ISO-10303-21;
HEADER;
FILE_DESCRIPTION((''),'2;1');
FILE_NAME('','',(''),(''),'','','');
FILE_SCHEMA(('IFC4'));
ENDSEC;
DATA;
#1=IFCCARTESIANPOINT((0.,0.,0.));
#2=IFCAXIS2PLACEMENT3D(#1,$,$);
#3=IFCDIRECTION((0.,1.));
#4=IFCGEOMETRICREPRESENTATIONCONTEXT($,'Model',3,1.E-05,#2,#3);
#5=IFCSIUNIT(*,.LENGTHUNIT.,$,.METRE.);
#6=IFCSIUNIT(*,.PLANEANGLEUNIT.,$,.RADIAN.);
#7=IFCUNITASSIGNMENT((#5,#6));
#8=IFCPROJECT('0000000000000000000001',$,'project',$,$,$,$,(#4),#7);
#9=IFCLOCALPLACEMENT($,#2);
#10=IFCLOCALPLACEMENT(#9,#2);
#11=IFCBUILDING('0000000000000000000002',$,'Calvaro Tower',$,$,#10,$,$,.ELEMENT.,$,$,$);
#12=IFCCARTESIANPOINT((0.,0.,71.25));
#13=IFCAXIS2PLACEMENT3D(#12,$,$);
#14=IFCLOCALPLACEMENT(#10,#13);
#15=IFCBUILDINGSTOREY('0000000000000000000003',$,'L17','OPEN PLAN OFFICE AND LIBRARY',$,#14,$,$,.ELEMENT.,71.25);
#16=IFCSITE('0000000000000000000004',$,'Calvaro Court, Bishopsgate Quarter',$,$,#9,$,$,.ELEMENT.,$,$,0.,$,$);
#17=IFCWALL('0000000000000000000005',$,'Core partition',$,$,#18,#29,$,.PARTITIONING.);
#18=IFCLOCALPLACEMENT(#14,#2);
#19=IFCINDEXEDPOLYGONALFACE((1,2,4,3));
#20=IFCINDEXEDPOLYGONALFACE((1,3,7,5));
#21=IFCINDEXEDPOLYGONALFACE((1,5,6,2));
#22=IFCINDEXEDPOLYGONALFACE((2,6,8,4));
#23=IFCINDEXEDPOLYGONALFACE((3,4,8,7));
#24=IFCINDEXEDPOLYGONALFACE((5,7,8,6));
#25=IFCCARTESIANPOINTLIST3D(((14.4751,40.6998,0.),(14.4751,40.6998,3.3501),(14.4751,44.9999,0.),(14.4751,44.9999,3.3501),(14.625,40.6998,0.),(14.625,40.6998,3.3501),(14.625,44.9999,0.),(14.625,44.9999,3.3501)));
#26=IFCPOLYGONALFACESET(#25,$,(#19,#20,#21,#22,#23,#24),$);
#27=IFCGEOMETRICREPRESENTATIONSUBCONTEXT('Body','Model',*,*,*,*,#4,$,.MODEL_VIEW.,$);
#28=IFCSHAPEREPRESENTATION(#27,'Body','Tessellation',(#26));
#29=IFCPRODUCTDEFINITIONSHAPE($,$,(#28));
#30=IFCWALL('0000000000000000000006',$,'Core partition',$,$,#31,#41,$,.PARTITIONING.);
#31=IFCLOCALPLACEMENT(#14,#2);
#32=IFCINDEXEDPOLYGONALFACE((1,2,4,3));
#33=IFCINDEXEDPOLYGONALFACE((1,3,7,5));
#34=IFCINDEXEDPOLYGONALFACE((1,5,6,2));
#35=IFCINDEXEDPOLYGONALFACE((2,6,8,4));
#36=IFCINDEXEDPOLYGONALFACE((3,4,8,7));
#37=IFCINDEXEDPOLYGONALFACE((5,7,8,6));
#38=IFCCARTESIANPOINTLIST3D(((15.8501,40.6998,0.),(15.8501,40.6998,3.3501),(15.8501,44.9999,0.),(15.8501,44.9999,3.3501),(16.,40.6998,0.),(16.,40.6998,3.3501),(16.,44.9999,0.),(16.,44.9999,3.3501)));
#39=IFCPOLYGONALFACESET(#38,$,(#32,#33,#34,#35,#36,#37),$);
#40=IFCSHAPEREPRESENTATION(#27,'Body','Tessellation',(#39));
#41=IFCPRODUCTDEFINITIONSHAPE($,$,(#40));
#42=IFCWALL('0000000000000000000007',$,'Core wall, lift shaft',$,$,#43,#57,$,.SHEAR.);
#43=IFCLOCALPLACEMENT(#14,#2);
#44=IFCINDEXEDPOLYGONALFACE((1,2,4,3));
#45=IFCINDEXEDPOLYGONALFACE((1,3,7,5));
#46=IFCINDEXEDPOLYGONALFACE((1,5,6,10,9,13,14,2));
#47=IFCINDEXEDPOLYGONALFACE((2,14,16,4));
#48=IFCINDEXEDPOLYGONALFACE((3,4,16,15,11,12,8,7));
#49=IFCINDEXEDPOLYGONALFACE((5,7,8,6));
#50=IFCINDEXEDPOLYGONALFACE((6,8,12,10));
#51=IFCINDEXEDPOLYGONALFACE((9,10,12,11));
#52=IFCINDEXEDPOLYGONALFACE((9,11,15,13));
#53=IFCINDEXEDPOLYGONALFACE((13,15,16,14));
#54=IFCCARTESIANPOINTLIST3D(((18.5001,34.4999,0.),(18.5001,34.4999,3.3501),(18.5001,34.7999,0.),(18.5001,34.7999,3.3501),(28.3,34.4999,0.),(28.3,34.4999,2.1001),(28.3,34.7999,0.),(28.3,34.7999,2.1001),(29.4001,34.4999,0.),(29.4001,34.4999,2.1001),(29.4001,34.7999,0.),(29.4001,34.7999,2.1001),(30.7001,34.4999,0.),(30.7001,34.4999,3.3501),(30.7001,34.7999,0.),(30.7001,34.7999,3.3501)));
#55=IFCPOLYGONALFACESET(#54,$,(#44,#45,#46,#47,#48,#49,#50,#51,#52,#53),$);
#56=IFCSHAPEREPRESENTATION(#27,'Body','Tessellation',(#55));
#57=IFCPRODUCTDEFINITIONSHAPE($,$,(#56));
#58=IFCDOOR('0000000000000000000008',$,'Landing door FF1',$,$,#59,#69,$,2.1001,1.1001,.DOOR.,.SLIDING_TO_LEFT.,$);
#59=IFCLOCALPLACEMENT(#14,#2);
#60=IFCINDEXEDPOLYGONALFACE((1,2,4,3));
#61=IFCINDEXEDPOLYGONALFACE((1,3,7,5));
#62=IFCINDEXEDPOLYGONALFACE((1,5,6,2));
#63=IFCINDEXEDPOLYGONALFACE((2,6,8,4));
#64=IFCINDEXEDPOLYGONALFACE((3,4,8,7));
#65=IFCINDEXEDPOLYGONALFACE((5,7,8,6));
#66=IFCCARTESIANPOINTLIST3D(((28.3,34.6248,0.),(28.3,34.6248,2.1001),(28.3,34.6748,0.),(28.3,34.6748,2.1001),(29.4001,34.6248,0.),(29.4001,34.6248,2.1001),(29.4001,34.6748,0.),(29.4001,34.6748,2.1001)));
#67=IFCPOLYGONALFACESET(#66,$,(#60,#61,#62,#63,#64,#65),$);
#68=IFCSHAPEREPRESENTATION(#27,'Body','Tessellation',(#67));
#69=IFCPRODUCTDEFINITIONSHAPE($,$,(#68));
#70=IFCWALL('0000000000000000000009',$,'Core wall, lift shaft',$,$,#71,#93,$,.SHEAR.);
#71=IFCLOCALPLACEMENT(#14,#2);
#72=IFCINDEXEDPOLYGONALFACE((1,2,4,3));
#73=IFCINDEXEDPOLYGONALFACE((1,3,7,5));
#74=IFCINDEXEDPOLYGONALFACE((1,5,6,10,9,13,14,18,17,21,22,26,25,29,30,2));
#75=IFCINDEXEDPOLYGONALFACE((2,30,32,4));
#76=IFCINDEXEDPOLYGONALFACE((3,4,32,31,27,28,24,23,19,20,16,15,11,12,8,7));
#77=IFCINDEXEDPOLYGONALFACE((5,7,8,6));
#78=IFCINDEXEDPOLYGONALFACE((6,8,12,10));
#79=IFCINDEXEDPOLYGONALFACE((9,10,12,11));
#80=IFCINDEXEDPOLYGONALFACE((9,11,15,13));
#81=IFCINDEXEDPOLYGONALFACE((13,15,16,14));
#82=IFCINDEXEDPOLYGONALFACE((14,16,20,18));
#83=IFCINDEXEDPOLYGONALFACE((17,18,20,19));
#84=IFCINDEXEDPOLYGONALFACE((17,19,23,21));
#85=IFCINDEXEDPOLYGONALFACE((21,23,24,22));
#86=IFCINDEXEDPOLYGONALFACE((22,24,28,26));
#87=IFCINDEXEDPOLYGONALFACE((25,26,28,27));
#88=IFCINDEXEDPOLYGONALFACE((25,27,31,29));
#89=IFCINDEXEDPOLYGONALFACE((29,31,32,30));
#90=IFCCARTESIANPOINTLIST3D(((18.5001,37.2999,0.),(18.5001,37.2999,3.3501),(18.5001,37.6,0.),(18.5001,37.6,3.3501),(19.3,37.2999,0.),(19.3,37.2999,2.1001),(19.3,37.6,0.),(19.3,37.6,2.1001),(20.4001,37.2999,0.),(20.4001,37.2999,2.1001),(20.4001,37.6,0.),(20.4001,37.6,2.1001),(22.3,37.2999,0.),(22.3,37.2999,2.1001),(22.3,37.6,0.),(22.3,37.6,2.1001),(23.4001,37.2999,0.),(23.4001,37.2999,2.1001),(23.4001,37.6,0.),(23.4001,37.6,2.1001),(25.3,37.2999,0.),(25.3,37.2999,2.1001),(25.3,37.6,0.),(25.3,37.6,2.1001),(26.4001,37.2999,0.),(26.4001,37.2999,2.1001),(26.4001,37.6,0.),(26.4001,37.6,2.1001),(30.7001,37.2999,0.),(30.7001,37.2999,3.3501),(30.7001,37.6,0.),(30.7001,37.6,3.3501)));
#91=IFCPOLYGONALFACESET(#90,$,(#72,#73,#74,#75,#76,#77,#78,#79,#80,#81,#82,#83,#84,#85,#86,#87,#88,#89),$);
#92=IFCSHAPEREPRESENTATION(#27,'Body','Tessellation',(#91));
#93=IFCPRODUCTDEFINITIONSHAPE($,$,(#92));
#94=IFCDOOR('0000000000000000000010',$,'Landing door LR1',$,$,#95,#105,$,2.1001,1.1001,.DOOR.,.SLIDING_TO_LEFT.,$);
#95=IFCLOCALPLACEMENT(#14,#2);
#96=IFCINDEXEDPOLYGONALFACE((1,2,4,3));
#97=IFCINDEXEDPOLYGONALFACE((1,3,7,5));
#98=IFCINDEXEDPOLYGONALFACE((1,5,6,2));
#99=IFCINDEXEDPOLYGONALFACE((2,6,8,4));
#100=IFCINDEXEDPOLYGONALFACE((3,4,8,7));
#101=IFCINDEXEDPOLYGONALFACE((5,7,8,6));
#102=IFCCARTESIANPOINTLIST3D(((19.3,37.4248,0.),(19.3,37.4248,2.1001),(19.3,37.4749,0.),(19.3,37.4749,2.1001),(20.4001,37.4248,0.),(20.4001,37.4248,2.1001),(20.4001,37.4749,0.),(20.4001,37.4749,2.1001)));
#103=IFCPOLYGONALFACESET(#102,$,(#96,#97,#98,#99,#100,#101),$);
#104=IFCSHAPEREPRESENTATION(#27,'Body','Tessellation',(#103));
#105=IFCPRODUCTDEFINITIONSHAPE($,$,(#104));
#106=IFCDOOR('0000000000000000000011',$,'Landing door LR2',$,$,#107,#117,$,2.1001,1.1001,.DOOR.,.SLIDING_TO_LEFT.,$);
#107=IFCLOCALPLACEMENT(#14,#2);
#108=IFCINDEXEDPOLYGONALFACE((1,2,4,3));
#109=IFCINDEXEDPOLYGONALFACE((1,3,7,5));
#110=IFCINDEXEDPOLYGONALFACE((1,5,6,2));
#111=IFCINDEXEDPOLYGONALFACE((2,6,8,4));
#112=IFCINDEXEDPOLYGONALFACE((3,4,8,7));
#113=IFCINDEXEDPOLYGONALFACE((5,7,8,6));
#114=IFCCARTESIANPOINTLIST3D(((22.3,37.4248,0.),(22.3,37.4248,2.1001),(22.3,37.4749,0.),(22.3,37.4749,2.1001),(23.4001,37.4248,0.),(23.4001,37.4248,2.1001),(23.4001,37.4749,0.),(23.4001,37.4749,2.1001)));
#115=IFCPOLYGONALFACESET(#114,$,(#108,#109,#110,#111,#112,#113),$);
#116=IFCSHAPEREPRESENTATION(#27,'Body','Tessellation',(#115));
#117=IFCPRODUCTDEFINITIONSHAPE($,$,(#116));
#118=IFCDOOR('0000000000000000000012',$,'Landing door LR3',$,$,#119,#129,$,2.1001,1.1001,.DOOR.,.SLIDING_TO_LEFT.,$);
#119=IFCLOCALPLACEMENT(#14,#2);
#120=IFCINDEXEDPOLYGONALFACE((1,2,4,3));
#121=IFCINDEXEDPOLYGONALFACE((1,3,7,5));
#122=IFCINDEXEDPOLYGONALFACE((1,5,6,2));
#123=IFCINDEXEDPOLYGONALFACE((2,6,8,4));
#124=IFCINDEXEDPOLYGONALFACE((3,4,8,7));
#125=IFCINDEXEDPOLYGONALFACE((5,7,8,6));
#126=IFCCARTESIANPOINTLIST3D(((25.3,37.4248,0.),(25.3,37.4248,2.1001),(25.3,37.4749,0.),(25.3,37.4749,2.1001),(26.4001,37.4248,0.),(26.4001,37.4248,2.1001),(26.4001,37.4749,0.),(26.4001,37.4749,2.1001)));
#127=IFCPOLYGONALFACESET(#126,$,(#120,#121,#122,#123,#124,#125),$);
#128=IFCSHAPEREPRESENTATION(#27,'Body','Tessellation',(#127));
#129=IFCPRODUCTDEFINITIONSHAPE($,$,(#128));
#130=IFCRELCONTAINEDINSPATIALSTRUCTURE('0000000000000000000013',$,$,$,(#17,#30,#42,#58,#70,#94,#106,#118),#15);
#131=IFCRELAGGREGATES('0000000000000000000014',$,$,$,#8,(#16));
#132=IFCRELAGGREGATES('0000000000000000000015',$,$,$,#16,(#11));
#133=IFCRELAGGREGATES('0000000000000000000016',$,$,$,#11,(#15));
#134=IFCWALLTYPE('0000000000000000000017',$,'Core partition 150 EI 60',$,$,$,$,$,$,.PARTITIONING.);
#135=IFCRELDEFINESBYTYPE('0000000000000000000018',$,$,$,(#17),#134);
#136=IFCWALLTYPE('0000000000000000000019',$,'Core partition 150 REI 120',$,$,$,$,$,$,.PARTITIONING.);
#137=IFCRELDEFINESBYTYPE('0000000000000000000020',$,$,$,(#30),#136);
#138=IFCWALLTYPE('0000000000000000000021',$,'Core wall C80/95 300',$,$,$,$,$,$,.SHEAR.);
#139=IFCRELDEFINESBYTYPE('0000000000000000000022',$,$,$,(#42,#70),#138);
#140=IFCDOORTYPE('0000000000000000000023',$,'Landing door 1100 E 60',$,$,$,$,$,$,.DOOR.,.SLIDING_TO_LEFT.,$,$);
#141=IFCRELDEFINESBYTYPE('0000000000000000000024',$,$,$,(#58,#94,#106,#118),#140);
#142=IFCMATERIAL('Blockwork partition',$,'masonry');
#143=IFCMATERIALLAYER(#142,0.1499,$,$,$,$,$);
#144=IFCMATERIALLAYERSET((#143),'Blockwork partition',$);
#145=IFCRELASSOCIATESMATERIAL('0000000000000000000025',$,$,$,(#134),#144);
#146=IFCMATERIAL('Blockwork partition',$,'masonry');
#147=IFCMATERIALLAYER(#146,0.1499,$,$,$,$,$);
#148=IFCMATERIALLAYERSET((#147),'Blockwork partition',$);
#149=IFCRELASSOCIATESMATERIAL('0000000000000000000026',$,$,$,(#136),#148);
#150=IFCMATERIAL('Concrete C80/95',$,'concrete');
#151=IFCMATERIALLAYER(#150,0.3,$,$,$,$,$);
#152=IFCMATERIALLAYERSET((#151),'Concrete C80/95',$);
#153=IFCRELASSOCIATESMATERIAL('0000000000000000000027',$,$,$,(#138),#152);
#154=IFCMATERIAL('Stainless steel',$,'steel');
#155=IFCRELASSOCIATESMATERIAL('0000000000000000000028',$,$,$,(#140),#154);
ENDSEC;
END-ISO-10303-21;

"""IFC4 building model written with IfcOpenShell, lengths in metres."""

from ifc_helpers import new_model, si_unit, direction, frame, frame_2d, origin, place, context, subcontext, project, spatial, rectangle, extrude, material, layer, layer_set, type_object, element, fill, save


model = new_model("IFC4")

# Units and contexts
model_context = context("Model", 3, precision=1e-05, world=origin(), true_north=direction((0.0, 1.0)))
body_context = subcontext(model_context, "Body", "Model", "MODEL_VIEW")
ifc_project = project(units=[si_unit("LENGTHUNIT", "METRE"), si_unit("PLANEANGLEUNIT", "RADIAN")], contexts=[model_context])

# Site, building, storey
site_placement = place(None, origin())
site = spatial("IfcSite", under=ifc_project, at=site_placement, Name="Calvaro Court, Bishopsgate Quarter", CompositionType="ELEMENT", RefElevation=0.0)
building_placement = place(site_placement, origin())
building = spatial("IfcBuilding", under=site, at=building_placement, Name="Calvaro Tower", CompositionType="ELEMENT")
storey_placement = place(building_placement, frame((0.0, 0.0, 71.25)))
storey = spatial("IfcBuildingStorey", under=building, at=storey_placement, Name="L17", Description="OPEN PLAN OFFICE AND LIBRARY", CompositionType="ELEMENT", Elevation=71.25)

# Walls
ifc_material_1 = material(Name="Blockwork partition", Category="masonry")
ifc_layer_1 = layer(ifc_material_1, 0.1499)
ifc_layer_set_1 = layer_set([ifc_layer_1], Name="Blockwork partition")
wall_type_1 = type_object("IfcWallType", Name="Core partition 150 EI 60", PredefinedType="PARTITIONING", material=ifc_layer_set_1)
wall_1_placement = place(storey_placement, frame((14.55, 40.7, 0.0), z_axis=(0.0, 0.0, 1.0), x_axis=(0.0, 1.0, 0.0)))
element("IfcWall", 1, at=wall_1_placement, inside=storey, type_object=wall_type_1, Name="Core partition", PredefinedType="PARTITIONING", context=body_context, shape_type="SweptSolid", body=[
    extrude(rectangle(XDim=4.3, YDim=0.1499, at=frame_2d((2.1499, 0.0))), origin(), (0.0, 0.0, 1.0), 3.3501),
])
ifc_material_2 = material(Name="Blockwork partition", Category="masonry")
ifc_layer_2 = layer(ifc_material_2, 0.1499)
ifc_layer_set_2 = layer_set([ifc_layer_2], Name="Blockwork partition")
wall_type_2 = type_object("IfcWallType", Name="Core partition 150 REI 120", PredefinedType="PARTITIONING", material=ifc_layer_set_2)
wall_2_placement = place(storey_placement, frame((15.925, 40.7, 0.0), z_axis=(0.0, 0.0, 1.0), x_axis=(0.0, 1.0, 0.0)))
element("IfcWall", 2, at=wall_2_placement, inside=storey, type_object=wall_type_2, Name="Core partition", PredefinedType="PARTITIONING", context=body_context, shape_type="SweptSolid", body=[
    extrude(rectangle(XDim=4.3, YDim=0.1499, at=frame_2d((2.1499, 0.0))), origin(), (0.0, 0.0, 1.0), 3.3501),
])

# Wall, opening, door
ifc_material_3 = material(Name="Concrete C80/95", Category="concrete")
ifc_layer_3 = layer(ifc_material_3, 0.3)
ifc_layer_set_3 = layer_set([ifc_layer_3], Name="Concrete C80/95")
wall_type_3 = type_object("IfcWallType", Name="Core wall C80/95 300", PredefinedType="SHEAR", material=ifc_layer_set_3)
wall_3_placement = place(storey_placement, frame((18.5, 34.6499, 0.0), z_axis=(0.0, 0.0, 1.0), x_axis=(1.0, 0.0, 0.0)))
wall_3 = element("IfcWall", 3, at=wall_3_placement, inside=storey, type_object=wall_type_3, Name="Core wall, lift shaft", PredefinedType="SHEAR", context=body_context, shape_type="SweptSolid", body=[
    extrude(rectangle(XDim=12.2, YDim=0.3, at=frame_2d((6.1001, 0.0))), origin(), (0.0, 0.0, 1.0), 3.3501),
])
opening_1_placement = place(wall_3_placement, frame((9.8, 0.0, 0.0)))
opening_1 = element("IfcOpeningElement", 4, at=opening_1_placement, cuts=wall_3, PredefinedType="OPENING", context=body_context, shape_type="SweptSolid", body=[
    extrude(rectangle(XDim=1.1001, YDim=2.1001, at=frame_2d((0.55, 1.05))), frame((0.0, 0.1599, 0.0), z_axis=(0.0, -1.0, 0.0), x_axis=(1.0, 0.0, 0.0)), (0.0, 0.0, 1.0), 0.3201),
])
ifc_material_4 = material(Name="Stainless steel", Category="steel")
door_type_1 = type_object("IfcDoorType", Name="Landing door 1100 E 60", OperationType="SLIDING_TO_LEFT", PredefinedType="DOOR", material=ifc_material_4)
door_1_placement = place(opening_1_placement, origin())
door_1 = element("IfcDoor", 5, at=door_1_placement, inside=storey, type_object=door_type_1, Name="Landing door FF1", OperationType="SLIDING_TO_LEFT", OverallHeight=2.1001, OverallWidth=1.1001, PredefinedType="DOOR", context=body_context, shape_type="SweptSolid", body=[
    extrude(rectangle(XDim=1.1001, YDim=2.1001, at=frame_2d((0.55, 1.05))), frame((0.0, 0.0249, 0.0), z_axis=(0.0, -1.0, 0.0), x_axis=(1.0, 0.0, 0.0)), (0.0, 0.0, 1.0), 0.05),
])
fill(opening_1, door_1)

# Wall, openings, doors
wall_4_placement = place(storey_placement, frame((18.5, 37.45, 0.0), z_axis=(0.0, 0.0, 1.0), x_axis=(1.0, 0.0, 0.0)))
wall_4 = element("IfcWall", 6, at=wall_4_placement, inside=storey, type_object=wall_type_3, Name="Core wall, lift shaft", PredefinedType="SHEAR", context=body_context, shape_type="SweptSolid", body=[
    extrude(rectangle(XDim=12.2, YDim=0.3, at=frame_2d((6.1001, 0.0))), origin(), (0.0, 0.0, 1.0), 3.3501),
])
opening_2_placement = place(wall_4_placement, frame((0.8, 0.0, 0.0)))
opening_2 = element("IfcOpeningElement", 7, at=opening_2_placement, cuts=wall_4, PredefinedType="OPENING", context=body_context, shape_type="SweptSolid", body=[
    extrude(rectangle(XDim=1.1001, YDim=2.1001, at=frame_2d((0.55, 1.05))), frame((0.0, 0.1599, 0.0), z_axis=(0.0, -1.0, 0.0), x_axis=(1.0, 0.0, 0.0)), (0.0, 0.0, 1.0), 0.3201),
])
opening_3_placement = place(wall_4_placement, frame((3.8, 0.0, 0.0)))
opening_3 = element("IfcOpeningElement", 8, at=opening_3_placement, cuts=wall_4, PredefinedType="OPENING", context=body_context, shape_type="SweptSolid", body=[
    extrude(rectangle(XDim=1.1001, YDim=2.1001, at=frame_2d((0.55, 1.05))), frame((0.0, 0.1599, 0.0), z_axis=(0.0, -1.0, 0.0), x_axis=(1.0, 0.0, 0.0)), (0.0, 0.0, 1.0), 0.3201),
])
opening_4_placement = place(wall_4_placement, frame((6.8, 0.0, 0.0)))
opening_4 = element("IfcOpeningElement", 9, at=opening_4_placement, cuts=wall_4, PredefinedType="OPENING", context=body_context, shape_type="SweptSolid", body=[
    extrude(rectangle(XDim=1.1001, YDim=2.1001, at=frame_2d((0.55, 1.05))), frame((0.0, 0.1599, 0.0), z_axis=(0.0, -1.0, 0.0), x_axis=(1.0, 0.0, 0.0)), (0.0, 0.0, 1.0), 0.3201),
])
door_2_placement = place(opening_2_placement, origin())
door_2 = element("IfcDoor", 10, at=door_2_placement, inside=storey, type_object=door_type_1, Name="Landing door LR1", OperationType="SLIDING_TO_LEFT", OverallHeight=2.1001, OverallWidth=1.1001, PredefinedType="DOOR", context=body_context, shape_type="SweptSolid", body=[
    extrude(rectangle(XDim=1.1001, YDim=2.1001, at=frame_2d((0.55, 1.05))), frame((0.0, 0.0249, 0.0), z_axis=(0.0, -1.0, 0.0), x_axis=(1.0, 0.0, 0.0)), (0.0, 0.0, 1.0), 0.05),
])
fill(opening_2, door_2)
door_3_placement = place(opening_3_placement, origin())
door_3 = element("IfcDoor", 11, at=door_3_placement, inside=storey, type_object=door_type_1, Name="Landing door LR2", OperationType="SLIDING_TO_LEFT", OverallHeight=2.1001, OverallWidth=1.1001, PredefinedType="DOOR", context=body_context, shape_type="SweptSolid", body=[
    extrude(rectangle(XDim=1.1001, YDim=2.1001, at=frame_2d((0.55, 1.05))), frame((0.0, 0.0249, 0.0), z_axis=(0.0, -1.0, 0.0), x_axis=(1.0, 0.0, 0.0)), (0.0, 0.0, 1.0), 0.05),
])
fill(opening_3, door_3)
door_4_placement = place(opening_4_placement, origin())
door_4 = element("IfcDoor", 12, at=door_4_placement, inside=storey, type_object=door_type_1, Name="Landing door LR3", OperationType="SLIDING_TO_LEFT", OverallHeight=2.1001, OverallWidth=1.1001, PredefinedType="DOOR", context=body_context, shape_type="SweptSolid", body=[
    extrude(rectangle(XDim=1.1001, YDim=2.1001, at=frame_2d((0.55, 1.05))), frame((0.0, 0.0249, 0.0), z_axis=(0.0, -1.0, 0.0), x_axis=(1.0, 0.0, 0.0)), (0.0, 0.0, 1.0), 0.05),
])
fill(opening_4, door_4)

save(model, "model.ifc")
